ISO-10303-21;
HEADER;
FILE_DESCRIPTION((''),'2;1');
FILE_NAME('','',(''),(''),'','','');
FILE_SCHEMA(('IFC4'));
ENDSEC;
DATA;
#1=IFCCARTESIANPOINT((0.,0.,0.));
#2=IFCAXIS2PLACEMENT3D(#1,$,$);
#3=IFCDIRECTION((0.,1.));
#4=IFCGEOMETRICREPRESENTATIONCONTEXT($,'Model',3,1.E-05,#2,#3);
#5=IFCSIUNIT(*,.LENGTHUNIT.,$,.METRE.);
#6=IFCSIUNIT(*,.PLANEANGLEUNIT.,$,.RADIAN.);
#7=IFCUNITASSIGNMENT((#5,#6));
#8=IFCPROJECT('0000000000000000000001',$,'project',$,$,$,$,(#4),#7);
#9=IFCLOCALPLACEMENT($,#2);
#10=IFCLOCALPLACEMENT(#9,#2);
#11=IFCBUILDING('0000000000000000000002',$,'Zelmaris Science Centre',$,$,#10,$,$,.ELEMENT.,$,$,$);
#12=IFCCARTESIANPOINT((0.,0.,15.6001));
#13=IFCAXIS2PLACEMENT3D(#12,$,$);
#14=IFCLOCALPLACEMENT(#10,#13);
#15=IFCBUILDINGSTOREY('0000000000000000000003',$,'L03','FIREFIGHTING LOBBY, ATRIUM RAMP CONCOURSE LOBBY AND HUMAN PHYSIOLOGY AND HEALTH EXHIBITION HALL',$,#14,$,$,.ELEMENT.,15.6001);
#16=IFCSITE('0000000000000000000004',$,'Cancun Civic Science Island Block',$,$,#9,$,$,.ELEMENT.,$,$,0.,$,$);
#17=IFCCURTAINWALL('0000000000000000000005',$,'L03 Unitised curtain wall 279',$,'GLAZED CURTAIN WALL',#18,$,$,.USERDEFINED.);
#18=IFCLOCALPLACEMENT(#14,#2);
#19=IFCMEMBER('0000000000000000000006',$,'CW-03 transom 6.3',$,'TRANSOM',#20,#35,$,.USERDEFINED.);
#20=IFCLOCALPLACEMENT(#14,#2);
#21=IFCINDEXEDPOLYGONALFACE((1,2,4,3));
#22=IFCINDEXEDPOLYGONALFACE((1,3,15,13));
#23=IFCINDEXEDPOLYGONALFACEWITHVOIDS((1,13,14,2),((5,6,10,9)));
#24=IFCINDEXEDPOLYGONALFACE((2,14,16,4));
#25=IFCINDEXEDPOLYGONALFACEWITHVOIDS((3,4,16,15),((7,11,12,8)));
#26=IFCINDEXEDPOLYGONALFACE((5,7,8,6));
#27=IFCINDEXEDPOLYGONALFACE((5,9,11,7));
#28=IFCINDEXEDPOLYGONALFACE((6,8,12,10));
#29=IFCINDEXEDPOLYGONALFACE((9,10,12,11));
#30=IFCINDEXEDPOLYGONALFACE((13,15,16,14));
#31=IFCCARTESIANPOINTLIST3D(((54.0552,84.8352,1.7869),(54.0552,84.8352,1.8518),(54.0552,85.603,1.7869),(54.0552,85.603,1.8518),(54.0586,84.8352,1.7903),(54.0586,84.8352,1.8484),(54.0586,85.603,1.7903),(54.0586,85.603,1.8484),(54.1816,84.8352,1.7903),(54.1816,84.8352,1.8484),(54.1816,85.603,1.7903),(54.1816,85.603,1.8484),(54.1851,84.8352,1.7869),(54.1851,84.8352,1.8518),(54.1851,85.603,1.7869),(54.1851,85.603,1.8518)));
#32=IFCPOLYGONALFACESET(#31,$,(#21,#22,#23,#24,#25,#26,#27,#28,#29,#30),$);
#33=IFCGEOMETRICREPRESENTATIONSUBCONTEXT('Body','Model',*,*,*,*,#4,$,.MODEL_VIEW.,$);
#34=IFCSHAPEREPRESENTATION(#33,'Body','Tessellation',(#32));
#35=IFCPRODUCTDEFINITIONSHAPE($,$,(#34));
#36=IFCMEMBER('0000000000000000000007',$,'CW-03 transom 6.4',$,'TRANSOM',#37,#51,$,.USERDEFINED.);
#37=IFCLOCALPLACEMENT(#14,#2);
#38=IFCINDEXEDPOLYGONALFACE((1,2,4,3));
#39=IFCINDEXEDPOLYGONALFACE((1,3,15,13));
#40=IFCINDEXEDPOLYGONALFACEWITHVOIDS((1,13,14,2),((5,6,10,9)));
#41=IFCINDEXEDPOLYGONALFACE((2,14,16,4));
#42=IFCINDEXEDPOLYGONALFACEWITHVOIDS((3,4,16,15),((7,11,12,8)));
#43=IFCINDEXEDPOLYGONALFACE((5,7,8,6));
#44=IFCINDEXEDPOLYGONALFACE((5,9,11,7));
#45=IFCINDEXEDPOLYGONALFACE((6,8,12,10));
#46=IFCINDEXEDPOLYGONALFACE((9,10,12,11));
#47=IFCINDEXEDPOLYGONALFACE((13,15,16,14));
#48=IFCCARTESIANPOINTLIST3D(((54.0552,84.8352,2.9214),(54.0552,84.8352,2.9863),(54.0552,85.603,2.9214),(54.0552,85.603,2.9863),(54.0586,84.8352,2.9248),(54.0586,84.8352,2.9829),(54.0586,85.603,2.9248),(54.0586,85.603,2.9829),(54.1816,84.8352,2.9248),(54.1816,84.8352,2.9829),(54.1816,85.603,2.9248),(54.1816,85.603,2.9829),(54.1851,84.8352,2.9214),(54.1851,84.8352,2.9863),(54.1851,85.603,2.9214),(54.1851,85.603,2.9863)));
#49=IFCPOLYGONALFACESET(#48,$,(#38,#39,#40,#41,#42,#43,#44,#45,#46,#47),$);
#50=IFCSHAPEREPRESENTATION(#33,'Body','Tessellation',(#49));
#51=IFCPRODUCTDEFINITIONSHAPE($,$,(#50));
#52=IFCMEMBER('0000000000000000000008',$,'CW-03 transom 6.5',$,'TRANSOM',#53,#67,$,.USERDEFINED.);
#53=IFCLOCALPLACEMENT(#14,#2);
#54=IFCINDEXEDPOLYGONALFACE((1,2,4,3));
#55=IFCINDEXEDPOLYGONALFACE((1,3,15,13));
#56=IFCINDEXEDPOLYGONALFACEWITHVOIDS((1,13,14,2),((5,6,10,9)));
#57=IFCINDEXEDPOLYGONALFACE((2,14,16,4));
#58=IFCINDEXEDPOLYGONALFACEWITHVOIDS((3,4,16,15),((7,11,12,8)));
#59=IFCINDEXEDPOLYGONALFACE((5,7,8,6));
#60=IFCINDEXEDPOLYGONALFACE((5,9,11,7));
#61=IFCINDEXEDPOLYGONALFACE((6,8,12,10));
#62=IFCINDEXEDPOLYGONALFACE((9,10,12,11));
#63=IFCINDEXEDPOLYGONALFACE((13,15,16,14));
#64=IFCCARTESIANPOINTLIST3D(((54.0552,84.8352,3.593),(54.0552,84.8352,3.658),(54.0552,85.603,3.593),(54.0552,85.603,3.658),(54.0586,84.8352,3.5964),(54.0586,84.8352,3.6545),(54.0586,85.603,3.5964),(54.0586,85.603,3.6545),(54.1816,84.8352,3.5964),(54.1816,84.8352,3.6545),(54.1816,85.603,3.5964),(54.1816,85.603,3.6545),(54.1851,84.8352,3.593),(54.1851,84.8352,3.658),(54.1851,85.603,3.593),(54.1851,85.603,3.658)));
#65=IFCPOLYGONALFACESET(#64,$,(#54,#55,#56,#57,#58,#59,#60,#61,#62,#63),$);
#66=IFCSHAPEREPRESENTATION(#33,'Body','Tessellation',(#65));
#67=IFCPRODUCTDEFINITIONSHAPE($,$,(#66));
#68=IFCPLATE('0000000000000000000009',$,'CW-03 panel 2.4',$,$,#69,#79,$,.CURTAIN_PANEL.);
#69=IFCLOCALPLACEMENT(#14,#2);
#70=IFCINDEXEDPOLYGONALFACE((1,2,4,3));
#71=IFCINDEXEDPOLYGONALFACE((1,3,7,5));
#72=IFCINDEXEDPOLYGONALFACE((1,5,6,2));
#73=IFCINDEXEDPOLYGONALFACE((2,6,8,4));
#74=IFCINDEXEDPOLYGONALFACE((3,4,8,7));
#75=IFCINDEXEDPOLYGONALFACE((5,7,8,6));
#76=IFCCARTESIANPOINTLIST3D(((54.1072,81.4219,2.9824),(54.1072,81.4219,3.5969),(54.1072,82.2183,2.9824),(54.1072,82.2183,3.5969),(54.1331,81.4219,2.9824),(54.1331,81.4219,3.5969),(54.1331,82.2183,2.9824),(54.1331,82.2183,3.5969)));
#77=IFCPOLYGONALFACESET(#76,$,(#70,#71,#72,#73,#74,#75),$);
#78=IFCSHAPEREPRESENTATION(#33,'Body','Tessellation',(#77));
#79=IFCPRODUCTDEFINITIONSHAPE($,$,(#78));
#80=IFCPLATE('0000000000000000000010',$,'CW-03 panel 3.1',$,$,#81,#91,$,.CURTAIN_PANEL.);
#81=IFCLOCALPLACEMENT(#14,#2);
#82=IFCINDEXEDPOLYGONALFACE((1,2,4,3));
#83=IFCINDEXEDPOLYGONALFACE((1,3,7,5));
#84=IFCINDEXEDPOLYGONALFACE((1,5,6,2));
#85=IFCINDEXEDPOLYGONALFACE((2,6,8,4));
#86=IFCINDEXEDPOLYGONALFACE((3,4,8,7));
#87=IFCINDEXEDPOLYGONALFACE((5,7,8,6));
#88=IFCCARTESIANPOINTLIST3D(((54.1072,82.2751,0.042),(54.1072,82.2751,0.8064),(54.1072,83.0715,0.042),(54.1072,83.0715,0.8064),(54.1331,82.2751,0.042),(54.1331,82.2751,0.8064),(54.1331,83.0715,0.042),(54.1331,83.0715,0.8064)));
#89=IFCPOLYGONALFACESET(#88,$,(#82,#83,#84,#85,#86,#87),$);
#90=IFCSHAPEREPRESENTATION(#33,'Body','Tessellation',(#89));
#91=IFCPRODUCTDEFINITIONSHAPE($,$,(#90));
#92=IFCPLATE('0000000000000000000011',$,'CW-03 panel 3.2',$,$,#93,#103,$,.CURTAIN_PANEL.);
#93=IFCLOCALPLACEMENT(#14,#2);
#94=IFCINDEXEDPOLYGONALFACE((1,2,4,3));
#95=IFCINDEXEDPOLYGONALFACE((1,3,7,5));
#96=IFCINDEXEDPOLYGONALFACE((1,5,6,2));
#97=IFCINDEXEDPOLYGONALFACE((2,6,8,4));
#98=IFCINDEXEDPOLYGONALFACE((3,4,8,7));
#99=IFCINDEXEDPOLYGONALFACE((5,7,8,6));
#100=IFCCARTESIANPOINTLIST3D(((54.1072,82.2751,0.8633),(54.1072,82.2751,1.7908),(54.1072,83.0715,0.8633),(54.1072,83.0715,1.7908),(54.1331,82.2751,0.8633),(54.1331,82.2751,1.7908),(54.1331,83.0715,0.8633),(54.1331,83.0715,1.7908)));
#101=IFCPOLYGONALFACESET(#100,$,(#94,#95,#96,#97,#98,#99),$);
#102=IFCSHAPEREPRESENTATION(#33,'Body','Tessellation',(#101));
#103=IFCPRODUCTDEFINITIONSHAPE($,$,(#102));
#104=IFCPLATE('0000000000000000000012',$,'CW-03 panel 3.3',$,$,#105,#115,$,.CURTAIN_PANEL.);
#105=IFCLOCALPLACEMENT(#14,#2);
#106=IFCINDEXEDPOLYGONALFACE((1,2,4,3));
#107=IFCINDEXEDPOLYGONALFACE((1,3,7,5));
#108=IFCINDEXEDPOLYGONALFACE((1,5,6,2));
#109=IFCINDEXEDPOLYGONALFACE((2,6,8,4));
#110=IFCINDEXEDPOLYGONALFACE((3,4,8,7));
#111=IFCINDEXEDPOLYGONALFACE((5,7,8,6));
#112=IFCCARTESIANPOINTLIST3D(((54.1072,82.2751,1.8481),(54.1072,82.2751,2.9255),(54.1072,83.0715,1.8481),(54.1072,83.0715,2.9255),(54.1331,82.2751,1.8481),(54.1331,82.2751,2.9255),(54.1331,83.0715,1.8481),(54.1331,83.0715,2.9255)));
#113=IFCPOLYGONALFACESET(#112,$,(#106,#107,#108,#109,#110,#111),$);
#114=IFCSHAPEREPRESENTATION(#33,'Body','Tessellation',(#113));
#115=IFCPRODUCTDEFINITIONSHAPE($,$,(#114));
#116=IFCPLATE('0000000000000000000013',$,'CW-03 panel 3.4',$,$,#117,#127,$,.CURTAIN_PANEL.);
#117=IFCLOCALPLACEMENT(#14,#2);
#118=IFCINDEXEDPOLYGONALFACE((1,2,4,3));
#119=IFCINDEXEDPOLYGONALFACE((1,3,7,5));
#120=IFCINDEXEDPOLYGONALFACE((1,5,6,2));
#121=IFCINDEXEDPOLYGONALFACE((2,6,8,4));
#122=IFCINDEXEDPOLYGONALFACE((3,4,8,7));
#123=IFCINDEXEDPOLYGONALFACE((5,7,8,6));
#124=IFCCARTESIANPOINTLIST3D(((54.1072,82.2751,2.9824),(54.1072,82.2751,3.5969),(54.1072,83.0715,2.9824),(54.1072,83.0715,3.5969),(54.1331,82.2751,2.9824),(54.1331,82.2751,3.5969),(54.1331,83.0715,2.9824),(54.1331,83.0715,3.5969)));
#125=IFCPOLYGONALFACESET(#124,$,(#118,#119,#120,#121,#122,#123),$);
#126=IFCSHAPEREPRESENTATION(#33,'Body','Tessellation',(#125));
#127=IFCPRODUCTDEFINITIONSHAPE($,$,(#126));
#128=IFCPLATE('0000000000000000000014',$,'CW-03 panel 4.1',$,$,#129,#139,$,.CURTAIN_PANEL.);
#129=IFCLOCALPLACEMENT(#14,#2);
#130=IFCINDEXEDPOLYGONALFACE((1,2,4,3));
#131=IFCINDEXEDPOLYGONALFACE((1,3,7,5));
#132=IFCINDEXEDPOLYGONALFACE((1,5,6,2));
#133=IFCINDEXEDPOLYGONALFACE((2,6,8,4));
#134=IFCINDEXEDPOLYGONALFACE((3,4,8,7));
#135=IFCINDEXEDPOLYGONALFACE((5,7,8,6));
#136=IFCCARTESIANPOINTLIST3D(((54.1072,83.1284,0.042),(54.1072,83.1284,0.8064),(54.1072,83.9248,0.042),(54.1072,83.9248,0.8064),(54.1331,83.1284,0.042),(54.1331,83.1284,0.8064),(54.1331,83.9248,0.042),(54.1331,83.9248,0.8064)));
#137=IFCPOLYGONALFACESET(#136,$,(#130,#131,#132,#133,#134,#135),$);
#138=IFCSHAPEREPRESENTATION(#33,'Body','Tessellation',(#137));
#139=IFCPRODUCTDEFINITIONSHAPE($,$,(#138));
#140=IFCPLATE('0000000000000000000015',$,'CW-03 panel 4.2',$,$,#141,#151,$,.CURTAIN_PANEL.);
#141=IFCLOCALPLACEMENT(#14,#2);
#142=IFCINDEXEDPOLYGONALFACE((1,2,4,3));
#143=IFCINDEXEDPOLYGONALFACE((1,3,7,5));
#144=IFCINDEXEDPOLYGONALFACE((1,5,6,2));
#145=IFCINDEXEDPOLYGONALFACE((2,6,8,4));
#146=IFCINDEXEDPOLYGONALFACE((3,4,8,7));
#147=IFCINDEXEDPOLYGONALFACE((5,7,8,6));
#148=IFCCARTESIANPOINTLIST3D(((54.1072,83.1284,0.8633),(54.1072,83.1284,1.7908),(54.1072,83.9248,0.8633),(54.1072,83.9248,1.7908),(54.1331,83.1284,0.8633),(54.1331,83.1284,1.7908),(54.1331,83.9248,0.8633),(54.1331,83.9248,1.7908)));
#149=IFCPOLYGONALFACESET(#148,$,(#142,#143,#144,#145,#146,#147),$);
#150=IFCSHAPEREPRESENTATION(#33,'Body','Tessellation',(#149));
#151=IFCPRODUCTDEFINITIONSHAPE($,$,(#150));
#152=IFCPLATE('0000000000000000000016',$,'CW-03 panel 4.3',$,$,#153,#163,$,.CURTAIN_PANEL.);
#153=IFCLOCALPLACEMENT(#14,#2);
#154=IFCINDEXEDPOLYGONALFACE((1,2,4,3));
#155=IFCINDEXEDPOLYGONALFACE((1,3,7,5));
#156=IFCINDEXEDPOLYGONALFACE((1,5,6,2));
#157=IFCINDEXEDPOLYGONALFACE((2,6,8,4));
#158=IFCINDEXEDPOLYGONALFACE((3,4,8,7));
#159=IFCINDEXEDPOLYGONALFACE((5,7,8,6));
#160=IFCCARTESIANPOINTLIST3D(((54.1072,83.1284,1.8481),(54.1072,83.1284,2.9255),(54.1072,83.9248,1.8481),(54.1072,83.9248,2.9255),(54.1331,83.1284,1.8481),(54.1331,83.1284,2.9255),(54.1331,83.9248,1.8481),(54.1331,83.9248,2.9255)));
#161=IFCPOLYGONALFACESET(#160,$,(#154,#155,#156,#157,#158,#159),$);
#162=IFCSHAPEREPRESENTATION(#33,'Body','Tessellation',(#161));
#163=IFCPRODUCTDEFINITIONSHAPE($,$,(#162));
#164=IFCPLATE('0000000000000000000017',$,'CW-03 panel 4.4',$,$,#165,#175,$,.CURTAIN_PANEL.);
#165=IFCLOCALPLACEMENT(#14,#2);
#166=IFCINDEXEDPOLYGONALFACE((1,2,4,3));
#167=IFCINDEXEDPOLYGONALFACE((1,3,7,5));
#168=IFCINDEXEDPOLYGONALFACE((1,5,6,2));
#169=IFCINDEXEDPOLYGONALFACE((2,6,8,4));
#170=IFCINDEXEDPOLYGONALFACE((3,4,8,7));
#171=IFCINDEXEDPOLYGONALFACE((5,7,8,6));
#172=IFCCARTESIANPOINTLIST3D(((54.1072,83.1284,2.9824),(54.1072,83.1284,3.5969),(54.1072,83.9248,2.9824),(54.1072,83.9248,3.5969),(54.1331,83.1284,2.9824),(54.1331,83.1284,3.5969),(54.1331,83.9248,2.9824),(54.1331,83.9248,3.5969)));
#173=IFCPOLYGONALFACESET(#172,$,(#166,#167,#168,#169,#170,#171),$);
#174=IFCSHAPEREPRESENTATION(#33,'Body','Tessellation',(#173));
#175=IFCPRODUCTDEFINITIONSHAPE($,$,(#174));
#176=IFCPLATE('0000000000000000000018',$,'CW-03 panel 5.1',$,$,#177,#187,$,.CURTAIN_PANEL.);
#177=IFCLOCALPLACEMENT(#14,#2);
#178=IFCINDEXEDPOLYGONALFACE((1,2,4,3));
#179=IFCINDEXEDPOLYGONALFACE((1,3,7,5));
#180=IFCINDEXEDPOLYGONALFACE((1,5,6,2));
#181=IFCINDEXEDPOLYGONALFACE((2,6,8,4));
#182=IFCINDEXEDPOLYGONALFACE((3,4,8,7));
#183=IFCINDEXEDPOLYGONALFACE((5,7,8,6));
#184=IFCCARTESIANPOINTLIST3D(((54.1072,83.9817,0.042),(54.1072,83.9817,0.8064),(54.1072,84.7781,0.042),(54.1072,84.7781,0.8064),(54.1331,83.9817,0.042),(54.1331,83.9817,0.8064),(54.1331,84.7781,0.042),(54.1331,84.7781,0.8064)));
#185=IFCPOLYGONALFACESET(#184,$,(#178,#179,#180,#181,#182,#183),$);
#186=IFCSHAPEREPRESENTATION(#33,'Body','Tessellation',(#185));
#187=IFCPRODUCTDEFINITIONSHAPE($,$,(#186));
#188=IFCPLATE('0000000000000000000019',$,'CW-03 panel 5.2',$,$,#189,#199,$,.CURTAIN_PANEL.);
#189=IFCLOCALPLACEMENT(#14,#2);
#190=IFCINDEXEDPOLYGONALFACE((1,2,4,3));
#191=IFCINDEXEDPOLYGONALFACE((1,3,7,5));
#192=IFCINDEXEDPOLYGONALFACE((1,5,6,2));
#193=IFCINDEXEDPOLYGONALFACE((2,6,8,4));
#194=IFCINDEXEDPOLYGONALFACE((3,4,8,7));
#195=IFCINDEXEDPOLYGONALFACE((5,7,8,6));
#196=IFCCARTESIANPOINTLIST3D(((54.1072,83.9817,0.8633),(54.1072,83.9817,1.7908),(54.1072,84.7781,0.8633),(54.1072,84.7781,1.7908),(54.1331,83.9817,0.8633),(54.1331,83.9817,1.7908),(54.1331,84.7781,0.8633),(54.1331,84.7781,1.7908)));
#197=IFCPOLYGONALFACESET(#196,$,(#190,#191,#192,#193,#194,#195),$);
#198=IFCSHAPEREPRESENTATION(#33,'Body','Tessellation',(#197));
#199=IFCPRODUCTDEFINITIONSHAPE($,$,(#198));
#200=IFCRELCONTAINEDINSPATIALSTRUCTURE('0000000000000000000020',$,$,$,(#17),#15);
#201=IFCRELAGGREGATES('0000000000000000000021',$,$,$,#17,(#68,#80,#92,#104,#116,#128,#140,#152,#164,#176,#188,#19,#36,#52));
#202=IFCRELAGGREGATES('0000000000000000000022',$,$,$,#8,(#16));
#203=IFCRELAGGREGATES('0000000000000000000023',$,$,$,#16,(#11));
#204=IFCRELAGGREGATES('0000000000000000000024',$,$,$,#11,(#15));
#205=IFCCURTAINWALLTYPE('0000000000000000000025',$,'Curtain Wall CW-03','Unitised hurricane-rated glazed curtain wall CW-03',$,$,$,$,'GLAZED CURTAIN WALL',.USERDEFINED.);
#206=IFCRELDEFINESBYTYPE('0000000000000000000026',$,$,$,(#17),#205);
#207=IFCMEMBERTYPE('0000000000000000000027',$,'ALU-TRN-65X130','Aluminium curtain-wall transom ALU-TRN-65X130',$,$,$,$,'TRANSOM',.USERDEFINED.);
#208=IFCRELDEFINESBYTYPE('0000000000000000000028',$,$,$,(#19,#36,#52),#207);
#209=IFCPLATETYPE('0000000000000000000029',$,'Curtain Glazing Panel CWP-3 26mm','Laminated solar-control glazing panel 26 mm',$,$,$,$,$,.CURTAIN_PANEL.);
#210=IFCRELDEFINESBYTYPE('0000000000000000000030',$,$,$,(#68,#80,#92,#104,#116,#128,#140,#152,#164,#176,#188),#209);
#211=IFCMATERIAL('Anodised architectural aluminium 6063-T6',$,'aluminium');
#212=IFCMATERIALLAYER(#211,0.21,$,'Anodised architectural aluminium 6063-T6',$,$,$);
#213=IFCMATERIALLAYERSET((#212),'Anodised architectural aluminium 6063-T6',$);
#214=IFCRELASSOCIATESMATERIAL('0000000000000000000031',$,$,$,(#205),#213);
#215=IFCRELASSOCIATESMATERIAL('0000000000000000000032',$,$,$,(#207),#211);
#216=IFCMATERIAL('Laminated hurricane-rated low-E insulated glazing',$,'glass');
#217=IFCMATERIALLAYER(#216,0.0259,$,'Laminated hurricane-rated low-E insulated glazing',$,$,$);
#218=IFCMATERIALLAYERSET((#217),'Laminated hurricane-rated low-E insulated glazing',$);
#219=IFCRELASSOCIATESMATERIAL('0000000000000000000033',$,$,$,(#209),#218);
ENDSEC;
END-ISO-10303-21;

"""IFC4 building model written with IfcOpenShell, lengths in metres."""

from ifc_helpers import new_model, si_unit, direction, frame, origin, origin_2d, place, context, subcontext, project, spatial, rectangle, hollow_rectangle, extrude, material, layer, layer_set, material_profile, profile_set, type_object, element, aggregate, save


model = new_model("IFC4")

# Units and contexts
model_context = context("Model", 3, precision=1e-05, world=origin(), true_north=direction((0.0, 1.0)))
body_context = subcontext(model_context, "Body", "Model", "MODEL_VIEW")
ifc_project = project(units=[si_unit("LENGTHUNIT", "METRE"), si_unit("PLANEANGLEUNIT", "RADIAN")], contexts=[model_context])

# Site, building, storey
site_placement = place(None, origin())
site = spatial("IfcSite", under=ifc_project, at=site_placement, Name="Cancun Civic Science Island Block", CompositionType="ELEMENT", RefElevation=0.0)
building_placement = place(site_placement, origin())
building = spatial("IfcBuilding", under=site, at=building_placement, Name="Zelmaris Science Centre", CompositionType="ELEMENT")
storey_placement = place(building_placement, frame((0.0, 0.0, 15.6001)))
storey = spatial("IfcBuildingStorey", under=building, at=storey_placement, Name="L03", Description="FIREFIGHTING LOBBY, ATRIUM RAMP CONCOURSE LOBBY AND HUMAN PHYSIOLOGY AND HEALTH EXHIBITION HALL", CompositionType="ELEMENT", Elevation=15.6001)

# Curtain wall, members, plates
ifc_material_1 = material(Name="Anodised architectural aluminium 6063-T6", Category="aluminium")
ifc_layer_1 = layer(ifc_material_1, 0.21, Name="Anodised architectural aluminium 6063-T6")
ifc_layer_set_1 = layer_set([ifc_layer_1], Name="Anodised architectural aluminium 6063-T6")
curtain_wall_type = type_object("IfcCurtainWallType", Name="Curtain Wall CW-03", Description="Unitised hurricane-rated glazed curtain wall CW-03", ElementType="GLAZED CURTAIN WALL", PredefinedType="USERDEFINED", material=ifc_layer_set_1)
curtain_wall_placement = place(storey_placement, origin())
curtain_wall = element("IfcCurtainWall", 1, at=curtain_wall_placement, inside=storey, type_object=curtain_wall_type, Name="L03 Unitised curtain wall 279", ObjectType="GLAZED CURTAIN WALL", PredefinedType="USERDEFINED")
ifc_material_profile_1 = material_profile(ifc_material_1, hollow_rectangle(XDim=0.0649, YDim=0.1299, WallThickness=0.0034, at=origin_2d()), Name="ALU-TRN-65X130")
ifc_profile_set_1 = profile_set([ifc_material_profile_1], Name="Anodised architectural aluminium 6063-T6")
member_type_1 = type_object("IfcMemberType", Name="ALU-TRN-65X130", Description="Aluminium curtain-wall transom ALU-TRN-65X130", ElementType="TRANSOM", PredefinedType="USERDEFINED", material=ifc_profile_set_1)
member_1_placement = place(storey_placement, frame((54.1201, 84.8352, 1.8193), z_axis=(0.0, 1.0, 0.0), x_axis=(0.0, 0.0, 1.0)))
member_1 = element("IfcMember", 2, at=member_1_placement, type_object=member_type_1, Name="CW-03 transom 6.3", ObjectType="TRANSOM", PredefinedType="USERDEFINED", context=body_context, shape_type="SweptSolid", body=[
    extrude(hollow_rectangle(XDim=0.0649, YDim=0.1299, WallThickness=0.0034, at=origin_2d()), origin(), (0.0, 0.0, 1.0), 0.7678),
])
member_2_placement = place(storey_placement, frame((54.1201, 84.8352, 2.9539), z_axis=(0.0, 1.0, 0.0), x_axis=(0.0, 0.0, 1.0)))
member_2 = element("IfcMember", 3, at=member_2_placement, type_object=member_type_1, Name="CW-03 transom 6.4", ObjectType="TRANSOM", PredefinedType="USERDEFINED", context=body_context, shape_type="SweptSolid", body=[
    extrude(hollow_rectangle(XDim=0.0649, YDim=0.1299, WallThickness=0.0034, at=origin_2d()), origin(), (0.0, 0.0, 1.0), 0.7678),
])
member_3_placement = place(storey_placement, frame((54.1201, 84.8352, 3.6255), z_axis=(0.0, 1.0, 0.0), x_axis=(0.0, 0.0, 1.0)))
member_3 = element("IfcMember", 4, at=member_3_placement, type_object=member_type_1, Name="CW-03 transom 6.5", ObjectType="TRANSOM", PredefinedType="USERDEFINED", context=body_context, shape_type="SweptSolid", body=[
    extrude(hollow_rectangle(XDim=0.0649, YDim=0.1299, WallThickness=0.0034, at=origin_2d()), origin(), (0.0, 0.0, 1.0), 0.7678),
])
ifc_material_2 = material(Name="Laminated hurricane-rated low-E insulated glazing", Category="glass")
ifc_layer_2 = layer(ifc_material_2, 0.0259, Name="Laminated hurricane-rated low-E insulated glazing")
ifc_layer_set_2 = layer_set([ifc_layer_2], Name="Laminated hurricane-rated low-E insulated glazing")
plate_type = type_object("IfcPlateType", Name="Curtain Glazing Panel CWP-3 26mm", Description="Laminated solar-control glazing panel 26 mm", PredefinedType="CURTAIN_PANEL", material=ifc_layer_set_2)
plate_1_placement = place(storey_placement, frame((54.1201, 81.8201, 2.9824), z_axis=(0.0, 0.0, 1.0), x_axis=(0.0, 1.0, 0.0)))
plate_1 = element("IfcPlate", 5, at=plate_1_placement, type_object=plate_type, Name="CW-03 panel 2.4", PredefinedType="CURTAIN_PANEL", context=body_context, shape_type="SweptSolid", body=[
    extrude(rectangle(XDim=0.7964, YDim=0.0259, at=origin_2d()), origin(), (0.0, 0.0, 1.0), 0.6145),
])
plate_2_placement = place(storey_placement, frame((54.1201, 82.6733, 0.042), z_axis=(0.0, 0.0, 1.0), x_axis=(0.0, 1.0, 0.0)))
plate_2 = element("IfcPlate", 6, at=plate_2_placement, type_object=plate_type, Name="CW-03 panel 3.1", PredefinedType="CURTAIN_PANEL", context=body_context, shape_type="SweptSolid", body=[
    extrude(rectangle(XDim=0.7964, YDim=0.0259, at=origin_2d()), origin(), (0.0, 0.0, 1.0), 0.7644),
])
plate_3_placement = place(storey_placement, frame((54.1201, 82.6733, 0.8633), z_axis=(0.0, 0.0, 1.0), x_axis=(0.0, 1.0, 0.0)))
plate_3 = element("IfcPlate", 7, at=plate_3_placement, type_object=plate_type, Name="CW-03 panel 3.2", PredefinedType="CURTAIN_PANEL", context=body_context, shape_type="SweptSolid", body=[
    extrude(rectangle(XDim=0.7964, YDim=0.0259, at=origin_2d()), origin(), (0.0, 0.0, 1.0), 0.9275),
])
plate_4_placement = place(storey_placement, frame((54.1201, 82.6733, 1.8481), z_axis=(0.0, 0.0, 1.0), x_axis=(0.0, 1.0, 0.0)))
plate_4 = element("IfcPlate", 8, at=plate_4_placement, type_object=plate_type, Name="CW-03 panel 3.3", PredefinedType="CURTAIN_PANEL", context=body_context, shape_type="SweptSolid", body=[
    extrude(rectangle(XDim=0.7964, YDim=0.0259, at=origin_2d()), origin(), (0.0, 0.0, 1.0), 1.0774),
])
plate_5_placement = place(storey_placement, frame((54.1201, 82.6733, 2.9824), z_axis=(0.0, 0.0, 1.0), x_axis=(0.0, 1.0, 0.0)))
plate_5 = element("IfcPlate", 9, at=plate_5_placement, type_object=plate_type, Name="CW-03 panel 3.4", PredefinedType="CURTAIN_PANEL", context=body_context, shape_type="SweptSolid", body=[
    extrude(rectangle(XDim=0.7964, YDim=0.0259, at=origin_2d()), origin(), (0.0, 0.0, 1.0), 0.6145),
])
plate_6_placement = place(storey_placement, frame((54.1201, 83.5266, 0.042), z_axis=(0.0, 0.0, 1.0), x_axis=(0.0, 1.0, 0.0)))
plate_6 = element("IfcPlate", 10, at=plate_6_placement, type_object=plate_type, Name="CW-03 panel 4.1", PredefinedType="CURTAIN_PANEL", context=body_context, shape_type="SweptSolid", body=[
    extrude(rectangle(XDim=0.7964, YDim=0.0259, at=origin_2d()), origin(), (0.0, 0.0, 1.0), 0.7644),
])
plate_7_placement = place(storey_placement, frame((54.1201, 83.5266, 0.8633), z_axis=(0.0, 0.0, 1.0), x_axis=(0.0, 1.0, 0.0)))
plate_7 = element("IfcPlate", 11, at=plate_7_placement, type_object=plate_type, Name="CW-03 panel 4.2", PredefinedType="CURTAIN_PANEL", context=body_context, shape_type="SweptSolid", body=[
    extrude(rectangle(XDim=0.7964, YDim=0.0259, at=origin_2d()), origin(), (0.0, 0.0, 1.0), 0.9275),
])
plate_8_placement = place(storey_placement, frame((54.1201, 83.5266, 1.8481), z_axis=(0.0, 0.0, 1.0), x_axis=(0.0, 1.0, 0.0)))
plate_8 = element("IfcPlate", 12, at=plate_8_placement, type_object=plate_type, Name="CW-03 panel 4.3", PredefinedType="CURTAIN_PANEL", context=body_context, shape_type="SweptSolid", body=[
    extrude(rectangle(XDim=0.7964, YDim=0.0259, at=origin_2d()), origin(), (0.0, 0.0, 1.0), 1.0774),
])
plate_9_placement = place(storey_placement, frame((54.1201, 83.5266, 2.9824), z_axis=(0.0, 0.0, 1.0), x_axis=(0.0, 1.0, 0.0)))
plate_9 = element("IfcPlate", 13, at=plate_9_placement, type_object=plate_type, Name="CW-03 panel 4.4", PredefinedType="CURTAIN_PANEL", context=body_context, shape_type="SweptSolid", body=[
    extrude(rectangle(XDim=0.7964, YDim=0.0259, at=origin_2d()), origin(), (0.0, 0.0, 1.0), 0.6145),
])
plate_10_placement = place(storey_placement, frame((54.1201, 84.3799, 0.042), z_axis=(0.0, 0.0, 1.0), x_axis=(0.0, 1.0, 0.0)))
plate_10 = element("IfcPlate", 14, at=plate_10_placement, type_object=plate_type, Name="CW-03 panel 5.1", PredefinedType="CURTAIN_PANEL", context=body_context, shape_type="SweptSolid", body=[
    extrude(rectangle(XDim=0.7964, YDim=0.0259, at=origin_2d()), origin(), (0.0, 0.0, 1.0), 0.7644),
])
plate_11_placement = place(storey_placement, frame((54.1201, 84.3799, 0.8633), z_axis=(0.0, 0.0, 1.0), x_axis=(0.0, 1.0, 0.0)))
plate_11 = element("IfcPlate", 15, at=plate_11_placement, type_object=plate_type, Name="CW-03 panel 5.2", PredefinedType="CURTAIN_PANEL", context=body_context, shape_type="SweptSolid", body=[
    extrude(rectangle(XDim=0.7964, YDim=0.0259, at=origin_2d()), origin(), (0.0, 0.0, 1.0), 0.9275),
])
aggregate(curtain_wall, [plate_1, plate_2, plate_3, plate_4, plate_5, plate_6, plate_7, plate_8, plate_9, plate_10, plate_11, member_1, member_2, member_3])

save(model, "model.ifc")
